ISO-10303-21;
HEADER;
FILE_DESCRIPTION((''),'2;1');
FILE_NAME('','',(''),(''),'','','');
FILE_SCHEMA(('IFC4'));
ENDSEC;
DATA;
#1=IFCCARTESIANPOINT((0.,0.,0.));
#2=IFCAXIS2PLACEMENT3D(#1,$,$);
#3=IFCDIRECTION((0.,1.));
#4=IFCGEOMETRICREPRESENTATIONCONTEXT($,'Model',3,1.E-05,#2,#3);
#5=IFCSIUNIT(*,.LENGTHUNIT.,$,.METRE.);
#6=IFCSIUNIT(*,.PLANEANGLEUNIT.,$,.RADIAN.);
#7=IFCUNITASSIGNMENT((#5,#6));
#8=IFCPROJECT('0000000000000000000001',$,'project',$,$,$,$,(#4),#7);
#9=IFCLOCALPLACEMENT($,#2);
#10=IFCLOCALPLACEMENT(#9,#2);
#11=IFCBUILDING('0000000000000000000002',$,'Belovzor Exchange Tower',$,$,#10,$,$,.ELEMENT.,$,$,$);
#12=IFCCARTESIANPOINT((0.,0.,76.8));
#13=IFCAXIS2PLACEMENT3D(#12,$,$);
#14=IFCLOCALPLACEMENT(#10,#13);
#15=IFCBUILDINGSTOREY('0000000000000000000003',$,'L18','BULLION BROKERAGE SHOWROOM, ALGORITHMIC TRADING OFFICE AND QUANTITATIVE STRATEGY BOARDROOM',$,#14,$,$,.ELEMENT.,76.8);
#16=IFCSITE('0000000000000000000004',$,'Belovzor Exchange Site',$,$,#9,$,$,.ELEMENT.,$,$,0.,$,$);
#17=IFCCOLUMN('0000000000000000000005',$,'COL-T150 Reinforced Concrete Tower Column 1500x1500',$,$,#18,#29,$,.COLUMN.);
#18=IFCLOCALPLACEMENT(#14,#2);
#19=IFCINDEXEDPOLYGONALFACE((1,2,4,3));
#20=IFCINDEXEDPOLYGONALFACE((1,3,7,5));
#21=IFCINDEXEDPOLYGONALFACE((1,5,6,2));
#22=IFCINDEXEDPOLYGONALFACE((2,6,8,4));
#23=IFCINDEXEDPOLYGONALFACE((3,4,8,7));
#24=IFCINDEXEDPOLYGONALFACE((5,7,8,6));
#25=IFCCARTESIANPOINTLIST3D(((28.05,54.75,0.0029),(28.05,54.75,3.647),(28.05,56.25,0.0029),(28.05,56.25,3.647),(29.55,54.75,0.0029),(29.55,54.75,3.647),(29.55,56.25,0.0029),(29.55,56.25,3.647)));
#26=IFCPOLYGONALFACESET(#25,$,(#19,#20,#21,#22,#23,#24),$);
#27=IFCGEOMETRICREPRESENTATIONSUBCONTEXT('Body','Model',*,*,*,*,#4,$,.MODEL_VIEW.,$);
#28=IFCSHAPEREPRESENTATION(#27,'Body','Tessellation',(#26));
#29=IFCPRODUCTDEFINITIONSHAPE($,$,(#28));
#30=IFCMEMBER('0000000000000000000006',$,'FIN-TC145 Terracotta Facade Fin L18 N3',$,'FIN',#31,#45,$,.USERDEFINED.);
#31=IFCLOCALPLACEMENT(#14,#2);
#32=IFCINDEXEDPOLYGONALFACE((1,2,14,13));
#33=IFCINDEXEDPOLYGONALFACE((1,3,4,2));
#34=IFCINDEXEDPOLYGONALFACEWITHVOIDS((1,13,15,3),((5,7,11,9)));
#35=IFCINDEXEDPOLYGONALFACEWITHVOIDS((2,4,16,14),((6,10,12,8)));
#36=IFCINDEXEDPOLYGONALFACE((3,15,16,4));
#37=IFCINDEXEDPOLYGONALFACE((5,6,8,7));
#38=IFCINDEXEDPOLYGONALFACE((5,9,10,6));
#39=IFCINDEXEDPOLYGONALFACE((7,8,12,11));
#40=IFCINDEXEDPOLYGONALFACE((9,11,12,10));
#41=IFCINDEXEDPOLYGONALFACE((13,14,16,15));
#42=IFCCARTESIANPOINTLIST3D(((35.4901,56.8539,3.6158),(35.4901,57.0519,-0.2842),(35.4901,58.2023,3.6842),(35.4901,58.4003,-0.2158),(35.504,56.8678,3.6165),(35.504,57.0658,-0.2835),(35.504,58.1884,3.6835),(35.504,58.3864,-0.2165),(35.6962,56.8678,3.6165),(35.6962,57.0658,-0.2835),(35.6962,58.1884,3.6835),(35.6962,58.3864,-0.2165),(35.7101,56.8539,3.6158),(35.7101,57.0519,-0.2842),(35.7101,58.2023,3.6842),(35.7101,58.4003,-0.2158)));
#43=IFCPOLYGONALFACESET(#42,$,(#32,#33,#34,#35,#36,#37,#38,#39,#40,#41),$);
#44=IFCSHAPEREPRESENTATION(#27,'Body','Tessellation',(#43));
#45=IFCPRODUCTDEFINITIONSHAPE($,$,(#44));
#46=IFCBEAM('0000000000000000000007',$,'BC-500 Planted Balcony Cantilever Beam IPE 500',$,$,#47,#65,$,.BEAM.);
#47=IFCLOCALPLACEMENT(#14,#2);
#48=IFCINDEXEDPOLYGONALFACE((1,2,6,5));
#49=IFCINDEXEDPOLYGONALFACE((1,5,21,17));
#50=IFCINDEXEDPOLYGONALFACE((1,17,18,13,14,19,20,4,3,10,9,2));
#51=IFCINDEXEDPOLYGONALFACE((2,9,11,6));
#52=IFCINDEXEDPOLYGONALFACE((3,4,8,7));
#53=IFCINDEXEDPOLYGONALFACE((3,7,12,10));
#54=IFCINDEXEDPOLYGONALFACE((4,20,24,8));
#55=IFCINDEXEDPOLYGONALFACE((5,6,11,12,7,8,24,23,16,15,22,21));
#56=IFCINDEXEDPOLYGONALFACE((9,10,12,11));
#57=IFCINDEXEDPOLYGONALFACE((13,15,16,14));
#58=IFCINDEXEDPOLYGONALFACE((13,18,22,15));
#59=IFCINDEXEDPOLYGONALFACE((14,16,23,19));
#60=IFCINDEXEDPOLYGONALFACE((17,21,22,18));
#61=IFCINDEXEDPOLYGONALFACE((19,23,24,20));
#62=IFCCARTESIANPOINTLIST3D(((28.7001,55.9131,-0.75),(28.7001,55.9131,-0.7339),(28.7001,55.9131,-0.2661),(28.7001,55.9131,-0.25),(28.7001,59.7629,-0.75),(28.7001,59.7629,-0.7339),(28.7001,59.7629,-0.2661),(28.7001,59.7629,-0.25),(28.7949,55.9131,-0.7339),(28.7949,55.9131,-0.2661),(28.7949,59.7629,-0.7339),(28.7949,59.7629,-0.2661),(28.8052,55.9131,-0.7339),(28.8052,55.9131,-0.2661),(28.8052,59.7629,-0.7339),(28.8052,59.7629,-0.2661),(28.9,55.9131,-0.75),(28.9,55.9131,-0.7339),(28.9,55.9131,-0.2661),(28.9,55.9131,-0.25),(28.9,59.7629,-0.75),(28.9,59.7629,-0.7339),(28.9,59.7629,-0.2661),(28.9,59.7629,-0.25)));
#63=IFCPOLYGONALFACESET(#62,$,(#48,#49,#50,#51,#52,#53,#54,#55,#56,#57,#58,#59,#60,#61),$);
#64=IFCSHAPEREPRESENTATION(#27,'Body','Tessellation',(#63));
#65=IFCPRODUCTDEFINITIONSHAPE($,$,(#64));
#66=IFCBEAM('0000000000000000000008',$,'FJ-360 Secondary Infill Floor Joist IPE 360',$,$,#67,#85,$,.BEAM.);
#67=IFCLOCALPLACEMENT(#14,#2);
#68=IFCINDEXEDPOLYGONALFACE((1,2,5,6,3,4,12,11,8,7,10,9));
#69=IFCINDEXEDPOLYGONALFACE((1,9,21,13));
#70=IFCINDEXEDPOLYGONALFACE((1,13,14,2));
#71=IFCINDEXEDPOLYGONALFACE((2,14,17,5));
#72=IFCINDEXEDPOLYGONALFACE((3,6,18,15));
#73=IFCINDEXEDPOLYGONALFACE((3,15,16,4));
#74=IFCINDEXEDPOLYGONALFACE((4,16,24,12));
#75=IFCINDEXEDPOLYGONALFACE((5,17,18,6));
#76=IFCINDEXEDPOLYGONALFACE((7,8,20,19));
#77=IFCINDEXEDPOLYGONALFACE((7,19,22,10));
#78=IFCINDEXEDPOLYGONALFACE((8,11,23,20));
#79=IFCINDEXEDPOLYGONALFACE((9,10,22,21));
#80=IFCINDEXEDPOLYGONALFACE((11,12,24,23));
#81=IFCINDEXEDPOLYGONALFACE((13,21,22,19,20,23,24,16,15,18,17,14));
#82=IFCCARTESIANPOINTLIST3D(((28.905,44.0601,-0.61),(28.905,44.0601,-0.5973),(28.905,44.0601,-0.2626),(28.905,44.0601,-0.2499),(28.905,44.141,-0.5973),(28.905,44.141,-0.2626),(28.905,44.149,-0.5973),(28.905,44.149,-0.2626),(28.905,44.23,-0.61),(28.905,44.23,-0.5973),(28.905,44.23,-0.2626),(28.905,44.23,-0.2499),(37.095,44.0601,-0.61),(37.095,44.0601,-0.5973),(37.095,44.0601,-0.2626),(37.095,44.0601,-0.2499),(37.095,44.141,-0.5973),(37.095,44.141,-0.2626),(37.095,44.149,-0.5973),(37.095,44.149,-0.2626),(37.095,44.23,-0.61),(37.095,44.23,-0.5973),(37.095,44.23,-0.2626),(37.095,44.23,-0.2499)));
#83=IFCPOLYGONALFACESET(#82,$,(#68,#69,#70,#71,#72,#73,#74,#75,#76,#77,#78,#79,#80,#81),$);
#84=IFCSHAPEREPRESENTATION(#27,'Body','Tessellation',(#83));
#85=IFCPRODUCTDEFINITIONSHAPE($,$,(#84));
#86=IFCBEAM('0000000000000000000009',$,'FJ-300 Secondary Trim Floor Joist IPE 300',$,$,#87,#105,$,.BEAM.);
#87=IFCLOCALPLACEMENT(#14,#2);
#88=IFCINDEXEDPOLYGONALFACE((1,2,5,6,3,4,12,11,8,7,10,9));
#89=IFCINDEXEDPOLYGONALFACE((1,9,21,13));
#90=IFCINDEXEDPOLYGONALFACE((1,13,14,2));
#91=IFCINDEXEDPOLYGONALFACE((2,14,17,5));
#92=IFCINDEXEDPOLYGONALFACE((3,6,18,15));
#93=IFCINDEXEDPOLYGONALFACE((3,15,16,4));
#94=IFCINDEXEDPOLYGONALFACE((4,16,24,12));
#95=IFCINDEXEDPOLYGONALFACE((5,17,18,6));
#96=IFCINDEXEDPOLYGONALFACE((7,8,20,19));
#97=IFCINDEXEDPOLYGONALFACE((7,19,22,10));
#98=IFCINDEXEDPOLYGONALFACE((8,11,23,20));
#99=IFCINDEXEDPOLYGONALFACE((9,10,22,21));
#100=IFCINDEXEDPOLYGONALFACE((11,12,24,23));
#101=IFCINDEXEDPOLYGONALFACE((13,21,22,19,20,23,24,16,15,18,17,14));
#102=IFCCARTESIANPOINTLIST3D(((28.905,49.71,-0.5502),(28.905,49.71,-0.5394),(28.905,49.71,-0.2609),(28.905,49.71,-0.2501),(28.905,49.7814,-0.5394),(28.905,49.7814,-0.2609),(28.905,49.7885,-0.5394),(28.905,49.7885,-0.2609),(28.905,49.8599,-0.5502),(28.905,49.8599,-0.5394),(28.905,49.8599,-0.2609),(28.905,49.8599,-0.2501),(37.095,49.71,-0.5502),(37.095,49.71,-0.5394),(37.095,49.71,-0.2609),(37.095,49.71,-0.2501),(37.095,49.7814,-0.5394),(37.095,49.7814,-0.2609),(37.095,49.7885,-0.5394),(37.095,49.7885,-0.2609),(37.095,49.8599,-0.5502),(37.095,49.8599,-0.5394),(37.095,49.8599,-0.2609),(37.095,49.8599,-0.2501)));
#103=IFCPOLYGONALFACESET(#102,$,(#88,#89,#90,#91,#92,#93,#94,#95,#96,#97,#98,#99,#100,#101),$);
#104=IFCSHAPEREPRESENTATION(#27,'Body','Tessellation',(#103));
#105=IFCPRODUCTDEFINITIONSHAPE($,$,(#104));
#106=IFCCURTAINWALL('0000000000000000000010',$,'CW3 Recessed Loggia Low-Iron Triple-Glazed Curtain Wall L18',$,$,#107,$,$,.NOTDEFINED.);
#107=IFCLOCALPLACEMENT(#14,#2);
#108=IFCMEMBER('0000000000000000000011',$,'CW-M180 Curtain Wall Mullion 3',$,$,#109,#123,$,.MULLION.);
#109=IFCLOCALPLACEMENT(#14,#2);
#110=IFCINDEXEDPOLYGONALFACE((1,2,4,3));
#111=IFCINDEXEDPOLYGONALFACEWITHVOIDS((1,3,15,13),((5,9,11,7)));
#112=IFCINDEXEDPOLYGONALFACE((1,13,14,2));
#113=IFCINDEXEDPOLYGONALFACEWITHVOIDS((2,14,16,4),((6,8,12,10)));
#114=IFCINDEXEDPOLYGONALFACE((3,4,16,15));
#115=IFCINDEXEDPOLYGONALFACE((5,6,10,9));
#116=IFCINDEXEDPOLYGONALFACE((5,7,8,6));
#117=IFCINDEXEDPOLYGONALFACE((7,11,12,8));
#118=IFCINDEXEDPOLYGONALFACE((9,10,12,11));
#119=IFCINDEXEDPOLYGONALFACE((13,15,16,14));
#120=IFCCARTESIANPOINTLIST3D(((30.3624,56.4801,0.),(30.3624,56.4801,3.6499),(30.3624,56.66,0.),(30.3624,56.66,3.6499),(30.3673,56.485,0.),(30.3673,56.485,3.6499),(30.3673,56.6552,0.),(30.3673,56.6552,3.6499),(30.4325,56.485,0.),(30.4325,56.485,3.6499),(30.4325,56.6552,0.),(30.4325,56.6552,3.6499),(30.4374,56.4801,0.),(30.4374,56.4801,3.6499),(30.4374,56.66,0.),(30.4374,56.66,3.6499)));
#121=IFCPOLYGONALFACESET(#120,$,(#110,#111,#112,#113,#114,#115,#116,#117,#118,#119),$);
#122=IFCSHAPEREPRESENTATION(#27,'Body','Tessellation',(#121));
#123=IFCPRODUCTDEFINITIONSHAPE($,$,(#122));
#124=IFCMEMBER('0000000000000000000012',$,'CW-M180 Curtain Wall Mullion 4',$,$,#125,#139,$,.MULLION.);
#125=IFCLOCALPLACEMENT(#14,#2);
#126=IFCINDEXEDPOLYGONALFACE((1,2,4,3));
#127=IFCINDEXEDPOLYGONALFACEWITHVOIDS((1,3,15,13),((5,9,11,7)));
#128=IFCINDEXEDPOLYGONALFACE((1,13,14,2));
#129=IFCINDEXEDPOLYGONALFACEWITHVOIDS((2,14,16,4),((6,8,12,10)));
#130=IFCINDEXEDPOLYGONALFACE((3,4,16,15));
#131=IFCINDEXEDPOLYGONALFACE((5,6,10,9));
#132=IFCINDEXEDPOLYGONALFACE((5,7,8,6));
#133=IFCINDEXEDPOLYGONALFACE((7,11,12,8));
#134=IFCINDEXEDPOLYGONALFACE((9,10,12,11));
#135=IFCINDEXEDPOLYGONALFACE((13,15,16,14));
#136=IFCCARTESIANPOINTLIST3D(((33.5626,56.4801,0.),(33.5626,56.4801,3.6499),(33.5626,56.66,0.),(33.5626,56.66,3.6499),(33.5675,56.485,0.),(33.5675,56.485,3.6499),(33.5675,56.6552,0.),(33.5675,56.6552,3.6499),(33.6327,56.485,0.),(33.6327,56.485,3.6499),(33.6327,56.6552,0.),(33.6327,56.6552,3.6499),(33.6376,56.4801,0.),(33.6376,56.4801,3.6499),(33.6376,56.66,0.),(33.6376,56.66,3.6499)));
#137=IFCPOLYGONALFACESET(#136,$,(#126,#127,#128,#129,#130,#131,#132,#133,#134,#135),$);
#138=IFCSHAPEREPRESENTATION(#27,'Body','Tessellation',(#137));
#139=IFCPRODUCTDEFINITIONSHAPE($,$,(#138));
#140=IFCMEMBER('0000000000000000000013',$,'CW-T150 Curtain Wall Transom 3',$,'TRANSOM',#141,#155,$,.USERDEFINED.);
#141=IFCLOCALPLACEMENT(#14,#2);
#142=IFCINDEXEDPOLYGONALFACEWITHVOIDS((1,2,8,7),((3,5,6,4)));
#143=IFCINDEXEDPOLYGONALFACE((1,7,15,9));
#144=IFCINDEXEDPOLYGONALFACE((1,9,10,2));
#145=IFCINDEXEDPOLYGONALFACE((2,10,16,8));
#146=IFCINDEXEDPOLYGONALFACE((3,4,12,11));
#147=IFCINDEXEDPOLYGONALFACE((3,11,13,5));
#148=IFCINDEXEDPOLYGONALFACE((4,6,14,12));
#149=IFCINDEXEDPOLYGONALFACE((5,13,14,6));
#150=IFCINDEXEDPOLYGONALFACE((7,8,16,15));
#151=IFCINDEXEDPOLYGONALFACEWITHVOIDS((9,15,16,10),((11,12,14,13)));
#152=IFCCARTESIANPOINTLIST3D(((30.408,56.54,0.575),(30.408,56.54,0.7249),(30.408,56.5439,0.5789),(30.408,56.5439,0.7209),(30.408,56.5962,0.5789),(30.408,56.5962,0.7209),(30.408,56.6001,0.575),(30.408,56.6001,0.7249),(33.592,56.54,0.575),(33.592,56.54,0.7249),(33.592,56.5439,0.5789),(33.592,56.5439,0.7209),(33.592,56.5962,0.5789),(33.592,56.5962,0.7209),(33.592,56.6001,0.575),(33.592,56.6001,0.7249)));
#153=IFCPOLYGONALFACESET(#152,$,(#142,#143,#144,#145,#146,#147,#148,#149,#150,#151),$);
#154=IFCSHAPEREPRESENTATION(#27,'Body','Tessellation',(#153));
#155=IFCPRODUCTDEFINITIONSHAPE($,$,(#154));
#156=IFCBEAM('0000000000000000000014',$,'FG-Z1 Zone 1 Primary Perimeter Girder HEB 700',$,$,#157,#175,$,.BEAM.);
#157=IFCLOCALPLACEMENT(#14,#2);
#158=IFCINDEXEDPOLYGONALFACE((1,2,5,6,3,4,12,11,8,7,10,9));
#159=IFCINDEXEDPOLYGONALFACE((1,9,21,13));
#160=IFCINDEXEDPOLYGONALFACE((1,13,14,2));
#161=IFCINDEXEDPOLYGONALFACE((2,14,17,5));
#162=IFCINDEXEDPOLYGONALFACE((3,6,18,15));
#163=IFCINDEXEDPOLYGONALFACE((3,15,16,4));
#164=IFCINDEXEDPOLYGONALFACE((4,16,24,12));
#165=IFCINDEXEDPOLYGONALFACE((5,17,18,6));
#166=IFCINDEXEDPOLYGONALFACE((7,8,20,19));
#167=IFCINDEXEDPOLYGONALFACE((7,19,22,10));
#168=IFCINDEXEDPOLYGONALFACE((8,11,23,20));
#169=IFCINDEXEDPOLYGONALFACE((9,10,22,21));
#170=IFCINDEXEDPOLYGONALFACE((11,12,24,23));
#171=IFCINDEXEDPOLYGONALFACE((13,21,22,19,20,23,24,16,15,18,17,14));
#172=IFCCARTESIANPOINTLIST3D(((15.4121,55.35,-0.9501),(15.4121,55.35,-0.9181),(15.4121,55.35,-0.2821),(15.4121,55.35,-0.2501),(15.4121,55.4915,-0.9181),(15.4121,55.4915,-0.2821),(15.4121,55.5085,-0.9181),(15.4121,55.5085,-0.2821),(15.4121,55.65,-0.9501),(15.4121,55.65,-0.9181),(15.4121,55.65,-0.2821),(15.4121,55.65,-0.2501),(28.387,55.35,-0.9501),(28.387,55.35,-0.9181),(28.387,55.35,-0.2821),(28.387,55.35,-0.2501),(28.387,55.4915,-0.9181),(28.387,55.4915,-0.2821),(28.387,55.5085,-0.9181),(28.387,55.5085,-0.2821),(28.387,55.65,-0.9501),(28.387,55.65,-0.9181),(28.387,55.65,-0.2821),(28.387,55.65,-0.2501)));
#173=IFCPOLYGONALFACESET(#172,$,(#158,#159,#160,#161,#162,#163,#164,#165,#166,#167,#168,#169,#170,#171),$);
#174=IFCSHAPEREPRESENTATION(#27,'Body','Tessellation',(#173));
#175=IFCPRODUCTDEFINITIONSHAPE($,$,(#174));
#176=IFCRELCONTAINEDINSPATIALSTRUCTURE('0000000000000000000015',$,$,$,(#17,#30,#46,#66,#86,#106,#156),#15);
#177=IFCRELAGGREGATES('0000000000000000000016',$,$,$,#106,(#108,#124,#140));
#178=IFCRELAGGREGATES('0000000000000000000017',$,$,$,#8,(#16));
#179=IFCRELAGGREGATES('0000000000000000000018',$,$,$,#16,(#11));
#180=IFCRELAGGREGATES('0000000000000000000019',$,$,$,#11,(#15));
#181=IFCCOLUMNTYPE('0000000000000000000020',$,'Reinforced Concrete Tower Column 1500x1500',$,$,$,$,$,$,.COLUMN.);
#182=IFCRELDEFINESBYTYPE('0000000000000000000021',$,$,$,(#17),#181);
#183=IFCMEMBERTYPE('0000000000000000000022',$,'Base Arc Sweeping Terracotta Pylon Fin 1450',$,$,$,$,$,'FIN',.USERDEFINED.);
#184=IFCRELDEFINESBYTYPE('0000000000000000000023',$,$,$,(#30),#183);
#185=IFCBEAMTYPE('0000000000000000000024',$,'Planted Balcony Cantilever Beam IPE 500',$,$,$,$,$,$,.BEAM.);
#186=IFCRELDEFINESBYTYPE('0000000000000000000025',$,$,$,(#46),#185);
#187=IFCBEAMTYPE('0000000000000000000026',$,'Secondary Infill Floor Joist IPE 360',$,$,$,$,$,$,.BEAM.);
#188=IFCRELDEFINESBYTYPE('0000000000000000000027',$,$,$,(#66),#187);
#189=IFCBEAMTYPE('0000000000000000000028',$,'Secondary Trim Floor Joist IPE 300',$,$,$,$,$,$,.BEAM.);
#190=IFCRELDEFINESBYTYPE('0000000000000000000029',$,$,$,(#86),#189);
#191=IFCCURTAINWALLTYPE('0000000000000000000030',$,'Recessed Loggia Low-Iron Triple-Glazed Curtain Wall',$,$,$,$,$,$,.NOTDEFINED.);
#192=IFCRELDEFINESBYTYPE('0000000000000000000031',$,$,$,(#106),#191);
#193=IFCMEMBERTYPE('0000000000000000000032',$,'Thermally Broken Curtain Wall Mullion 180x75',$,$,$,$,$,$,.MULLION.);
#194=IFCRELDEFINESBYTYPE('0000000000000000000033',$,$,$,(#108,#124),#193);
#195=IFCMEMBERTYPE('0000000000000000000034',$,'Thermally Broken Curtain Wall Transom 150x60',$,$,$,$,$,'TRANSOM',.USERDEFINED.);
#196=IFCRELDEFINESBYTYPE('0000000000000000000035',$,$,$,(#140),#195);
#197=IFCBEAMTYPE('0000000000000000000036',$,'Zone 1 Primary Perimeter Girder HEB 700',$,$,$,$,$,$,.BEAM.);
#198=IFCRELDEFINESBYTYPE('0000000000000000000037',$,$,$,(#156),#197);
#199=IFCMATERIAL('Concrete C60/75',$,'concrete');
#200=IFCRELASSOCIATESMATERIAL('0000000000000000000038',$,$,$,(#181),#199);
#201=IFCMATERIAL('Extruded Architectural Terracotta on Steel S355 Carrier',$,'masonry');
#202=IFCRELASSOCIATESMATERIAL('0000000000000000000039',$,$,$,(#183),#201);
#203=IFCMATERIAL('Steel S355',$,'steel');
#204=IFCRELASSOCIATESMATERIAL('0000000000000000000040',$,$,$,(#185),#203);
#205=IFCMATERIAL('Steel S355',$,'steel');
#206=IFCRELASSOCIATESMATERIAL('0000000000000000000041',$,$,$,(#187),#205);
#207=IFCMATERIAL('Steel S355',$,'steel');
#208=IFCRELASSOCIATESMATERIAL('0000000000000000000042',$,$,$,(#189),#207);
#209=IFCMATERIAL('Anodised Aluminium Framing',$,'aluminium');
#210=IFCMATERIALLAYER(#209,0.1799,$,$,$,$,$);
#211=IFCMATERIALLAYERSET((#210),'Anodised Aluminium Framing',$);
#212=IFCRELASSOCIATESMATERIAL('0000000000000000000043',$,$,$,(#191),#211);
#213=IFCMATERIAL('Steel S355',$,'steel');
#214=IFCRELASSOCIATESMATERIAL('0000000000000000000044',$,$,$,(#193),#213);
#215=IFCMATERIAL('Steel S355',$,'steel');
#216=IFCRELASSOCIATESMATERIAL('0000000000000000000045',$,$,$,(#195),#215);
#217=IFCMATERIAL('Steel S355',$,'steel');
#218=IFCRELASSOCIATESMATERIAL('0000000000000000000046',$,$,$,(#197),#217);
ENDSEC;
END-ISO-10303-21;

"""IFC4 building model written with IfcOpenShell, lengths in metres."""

from ifc_helpers import new_model, si_unit, direction, frame, origin, origin_2d, place, context, subcontext, project, spatial, rectangle, hollow_rectangle, i_section, extrude, material, layer, layer_set, material_profile, profile_set, type_object, element, aggregate, save


model = new_model("IFC4")

# Units and contexts
model_context = context("Model", 3, precision=1e-05, world=origin(), true_north=direction((0.0, 1.0)))
body_context = subcontext(model_context, "Body", "Model", "MODEL_VIEW")
ifc_project = project(units=[si_unit("LENGTHUNIT", "METRE"), si_unit("PLANEANGLEUNIT", "RADIAN")], contexts=[model_context])

# Site, building, storey
site_placement = place(None, origin())
site = spatial("IfcSite", under=ifc_project, at=site_placement, Name="Belovzor Exchange Site", CompositionType="ELEMENT", RefElevation=0.0)
building_placement = place(site_placement, origin())
building = spatial("IfcBuilding", under=site, at=building_placement, Name="Belovzor Exchange Tower", CompositionType="ELEMENT")
storey_placement = place(building_placement, frame((0.0, 0.0, 76.8)))
storey = spatial("IfcBuildingStorey", under=building, at=storey_placement, Name="L18", Description="BULLION BROKERAGE SHOWROOM, ALGORITHMIC TRADING OFFICE AND QUANTITATIVE STRATEGY BOARDROOM", CompositionType="ELEMENT", Elevation=76.8)

# Column
ifc_material_1 = material(Name="Concrete C60/75", Category="concrete")
ifc_material_profile_1 = material_profile(ifc_material_1, rectangle(XDim=1.5, YDim=1.5, at=origin_2d()))
ifc_profile_set_1 = profile_set([ifc_material_profile_1], Name="Concrete C60/75")
column_type = type_object("IfcColumnType", Name="Reinforced Concrete Tower Column 1500x1500", PredefinedType="COLUMN", material=ifc_profile_set_1)
column_placement = place(storey_placement, frame((28.8, 55.5, 0.0029), z_axis=(0.0, 0.0, 1.0), x_axis=(1.0, 0.0, 0.0)))
element("IfcColumn", 1, at=column_placement, inside=storey, type_object=column_type, Name="COL-T150 Reinforced Concrete Tower Column 1500x1500", PredefinedType="COLUMN", context=body_context, shape_type="SweptSolid", body=[
    extrude(rectangle(XDim=1.5, YDim=1.5, at=origin_2d()), origin(), (0.0, 0.0, 1.0), 3.644),
])

# Member
ifc_material_2 = material(Name="Extruded Architectural Terracotta on Steel S355 Carrier", Category="masonry")
ifc_material_profile_2 = material_profile(ifc_material_2, hollow_rectangle(XDim=0.22, YDim=1.3501, WallThickness=0.0139, at=origin_2d()))
ifc_profile_set_2 = profile_set([ifc_material_profile_2], Name="Extruded Architectural Terracotta on Steel S355 Carrier")
member_type_1 = type_object("IfcMemberType", Name="Base Arc Sweeping Terracotta Pylon Fin 1450", ElementType="FIN", PredefinedType="USERDEFINED", material=ifc_profile_set_2)
member_1_placement = place(storey_placement, frame((35.6001, 57.7261, -0.25), z_axis=(0.0, -0.050705, 0.998714), x_axis=(1.0, 0.0, 0.0)))
element("IfcMember", 2, at=member_1_placement, inside=storey, type_object=member_type_1, Name="FIN-TC145 Terracotta Facade Fin L18 N3", ObjectType="FIN", PredefinedType="USERDEFINED", context=body_context, shape_type="SweptSolid", body=[
    extrude(hollow_rectangle(XDim=0.22, YDim=1.3501, WallThickness=0.0139, at=origin_2d()), origin(), (0.0, 0.0, 1.0), 3.905),
])

# Beams
ifc_material_3 = material(Name="Steel S355", Category="steel")
ifc_material_profile_3 = material_profile(ifc_material_3, i_section(OverallWidth=0.2, OverallDepth=0.5, WebThickness=0.0103, FlangeThickness=0.0161, at=origin_2d()))
ifc_profile_set_3 = profile_set([ifc_material_profile_3], Name="Steel S355")
beam_type_1 = type_object("IfcBeamType", Name="Planted Balcony Cantilever Beam IPE 500", PredefinedType="BEAM", material=ifc_profile_set_3)
beam_1_placement = place(storey_placement, frame((28.8, 55.9131, -0.5), z_axis=(0.0, 1.0, 0.0), x_axis=(-1.0, 0.0, 0.0)))
element("IfcBeam", 3, at=beam_1_placement, inside=storey, type_object=beam_type_1, Name="BC-500 Planted Balcony Cantilever Beam IPE 500", PredefinedType="BEAM", context=body_context, shape_type="SweptSolid", body=[
    extrude(i_section(OverallWidth=0.2, OverallDepth=0.5, WebThickness=0.0103, FlangeThickness=0.0161, at=origin_2d()), origin(), (0.0, 0.0, 1.0), 3.8499),
])
ifc_material_4 = material(Name="Steel S355", Category="steel")
ifc_material_profile_4 = material_profile(ifc_material_4, i_section(OverallWidth=0.1699, OverallDepth=0.3601, WebThickness=0.0081, FlangeThickness=0.0127, at=origin_2d()))
ifc_profile_set_4 = profile_set([ifc_material_profile_4], Name="Steel S355")
beam_type_2 = type_object("IfcBeamType", Name="Secondary Infill Floor Joist IPE 360", PredefinedType="BEAM", material=ifc_profile_set_4)
beam_2_placement = place(storey_placement, frame((28.905, 44.145, -0.4299), z_axis=(1.0, 0.0, 0.0), x_axis=(0.0, 1.0, 0.0)))
element("IfcBeam", 4, at=beam_2_placement, inside=storey, type_object=beam_type_2, Name="FJ-360 Secondary Infill Floor Joist IPE 360", PredefinedType="BEAM", context=body_context, shape_type="SweptSolid", body=[
    extrude(i_section(OverallWidth=0.1699, OverallDepth=0.3601, WebThickness=0.0081, FlangeThickness=0.0127, at=origin_2d()), origin(), (0.0, 0.0, 1.0), 8.1899),
])
ifc_material_5 = material(Name="Steel S355", Category="steel")
ifc_material_profile_5 = material_profile(ifc_material_5, i_section(OverallWidth=0.1499, OverallDepth=0.3, WebThickness=0.0071, FlangeThickness=0.0107, at=origin_2d()))
ifc_profile_set_5 = profile_set([ifc_material_profile_5], Name="Steel S355")
beam_type_3 = type_object("IfcBeamType", Name="Secondary Trim Floor Joist IPE 300", PredefinedType="BEAM", material=ifc_profile_set_5)
beam_3_placement = place(storey_placement, frame((28.905, 49.7849, -0.4001), z_axis=(1.0, 0.0, 0.0), x_axis=(0.0, 1.0, 0.0)))
element("IfcBeam", 5, at=beam_3_placement, inside=storey, type_object=beam_type_3, Name="FJ-300 Secondary Trim Floor Joist IPE 300", PredefinedType="BEAM", context=body_context, shape_type="SweptSolid", body=[
    extrude(i_section(OverallWidth=0.1499, OverallDepth=0.3, WebThickness=0.0071, FlangeThickness=0.0107, at=origin_2d()), origin(), (0.0, 0.0, 1.0), 8.1899),
])

# Curtain wall, members
ifc_material_6 = material(Name="Anodised Aluminium Framing", Category="aluminium")
ifc_layer_1 = layer(ifc_material_6, 0.1799)
ifc_layer_set_1 = layer_set([ifc_layer_1], Name="Anodised Aluminium Framing")
curtain_wall_type = type_object("IfcCurtainWallType", Name="Recessed Loggia Low-Iron Triple-Glazed Curtain Wall", PredefinedType="NOTDEFINED", material=ifc_layer_set_1)
curtain_wall_placement = place(storey_placement, origin())
curtain_wall = element("IfcCurtainWall", 6, at=curtain_wall_placement, inside=storey, type_object=curtain_wall_type, Name="CW3 Recessed Loggia Low-Iron Triple-Glazed Curtain Wall L18", PredefinedType="NOTDEFINED")
ifc_material_7 = material(Name="Steel S355", Category="steel")
ifc_material_profile_6 = material_profile(ifc_material_7, hollow_rectangle(XDim=0.075, YDim=0.1799, WallThickness=0.0049, at=origin_2d()))
ifc_profile_set_6 = profile_set([ifc_material_profile_6], Name="Steel S355")
member_type_2 = type_object("IfcMemberType", Name="Thermally Broken Curtain Wall Mullion 180x75", PredefinedType="MULLION", material=ifc_profile_set_6)
member_2_placement = place(storey_placement, frame((30.3999, 56.5701, 0.0), z_axis=(0.0, 0.0, 1.0), x_axis=(1.0, 0.0, 0.0)))
member_2 = element("IfcMember", 7, at=member_2_placement, type_object=member_type_2, Name="CW-M180 Curtain Wall Mullion 3", PredefinedType="MULLION", context=body_context, shape_type="SweptSolid", body=[
    extrude(hollow_rectangle(XDim=0.075, YDim=0.1799, WallThickness=0.0049, at=origin_2d()), origin(), (0.0, 0.0, 1.0), 3.6499),
])
member_3_placement = place(storey_placement, frame((33.6001, 56.5701, 0.0), z_axis=(0.0, 0.0, 1.0), x_axis=(1.0, 0.0, 0.0)))
member_3 = element("IfcMember", 8, at=member_3_placement, type_object=member_type_2, Name="CW-M180 Curtain Wall Mullion 4", PredefinedType="MULLION", context=body_context, shape_type="SweptSolid", body=[
    extrude(hollow_rectangle(XDim=0.075, YDim=0.1799, WallThickness=0.0049, at=origin_2d()), origin(), (0.0, 0.0, 1.0), 3.6499),
])
ifc_material_8 = material(Name="Steel S355", Category="steel")
ifc_material_profile_7 = material_profile(ifc_material_8, hollow_rectangle(XDim=0.0601, YDim=0.1499, WallThickness=0.0039, at=origin_2d()))
ifc_profile_set_7 = profile_set([ifc_material_profile_7], Name="Steel S355")
member_type_3 = type_object("IfcMemberType", Name="Thermally Broken Curtain Wall Transom 150x60", ElementType="TRANSOM", PredefinedType="USERDEFINED", material=ifc_profile_set_7)
member_4_placement = place(storey_placement, frame((30.408, 56.5701, 0.6499), z_axis=(1.0, 0.0, 0.0), x_axis=(0.0, 1.0, 0.0)))
member_4 = element("IfcMember", 9, at=member_4_placement, type_object=member_type_3, Name="CW-T150 Curtain Wall Transom 3", ObjectType="TRANSOM", PredefinedType="USERDEFINED", context=body_context, shape_type="SweptSolid", body=[
    extrude(hollow_rectangle(XDim=0.0601, YDim=0.1499, WallThickness=0.0039, at=origin_2d()), origin(), (0.0, 0.0, 1.0), 3.1841),
])

# Beam
ifc_material_9 = material(Name="Steel S355", Category="steel")
ifc_material_profile_8 = material_profile(ifc_material_9, i_section(OverallWidth=0.3, OverallDepth=0.7, WebThickness=0.0171, FlangeThickness=0.032, at=origin_2d()))
ifc_profile_set_8 = profile_set([ifc_material_profile_8], Name="Steel S355")
beam_type_4 = type_object("IfcBeamType", Name="Zone 1 Primary Perimeter Girder HEB 700", PredefinedType="BEAM", material=ifc_profile_set_8)
beam_4_placement = place(storey_placement, frame((28.387, 55.5, -0.6001), z_axis=(-1.0, 0.0, 0.0), x_axis=(0.0, -1.0, 0.0)))
element("IfcBeam", 10, at=beam_4_placement, inside=storey, type_object=beam_type_4, Name="FG-Z1 Zone 1 Primary Perimeter Girder HEB 700", PredefinedType="BEAM", context=body_context, shape_type="SweptSolid", body=[
    extrude(i_section(OverallWidth=0.3, OverallDepth=0.7, WebThickness=0.0171, FlangeThickness=0.032, at=origin_2d()), origin(), (0.0, 0.0, 1.0), 12.9749),
])

aggregate(curtain_wall, [member_2, member_3, member_4])

save(model, "model.ifc")
